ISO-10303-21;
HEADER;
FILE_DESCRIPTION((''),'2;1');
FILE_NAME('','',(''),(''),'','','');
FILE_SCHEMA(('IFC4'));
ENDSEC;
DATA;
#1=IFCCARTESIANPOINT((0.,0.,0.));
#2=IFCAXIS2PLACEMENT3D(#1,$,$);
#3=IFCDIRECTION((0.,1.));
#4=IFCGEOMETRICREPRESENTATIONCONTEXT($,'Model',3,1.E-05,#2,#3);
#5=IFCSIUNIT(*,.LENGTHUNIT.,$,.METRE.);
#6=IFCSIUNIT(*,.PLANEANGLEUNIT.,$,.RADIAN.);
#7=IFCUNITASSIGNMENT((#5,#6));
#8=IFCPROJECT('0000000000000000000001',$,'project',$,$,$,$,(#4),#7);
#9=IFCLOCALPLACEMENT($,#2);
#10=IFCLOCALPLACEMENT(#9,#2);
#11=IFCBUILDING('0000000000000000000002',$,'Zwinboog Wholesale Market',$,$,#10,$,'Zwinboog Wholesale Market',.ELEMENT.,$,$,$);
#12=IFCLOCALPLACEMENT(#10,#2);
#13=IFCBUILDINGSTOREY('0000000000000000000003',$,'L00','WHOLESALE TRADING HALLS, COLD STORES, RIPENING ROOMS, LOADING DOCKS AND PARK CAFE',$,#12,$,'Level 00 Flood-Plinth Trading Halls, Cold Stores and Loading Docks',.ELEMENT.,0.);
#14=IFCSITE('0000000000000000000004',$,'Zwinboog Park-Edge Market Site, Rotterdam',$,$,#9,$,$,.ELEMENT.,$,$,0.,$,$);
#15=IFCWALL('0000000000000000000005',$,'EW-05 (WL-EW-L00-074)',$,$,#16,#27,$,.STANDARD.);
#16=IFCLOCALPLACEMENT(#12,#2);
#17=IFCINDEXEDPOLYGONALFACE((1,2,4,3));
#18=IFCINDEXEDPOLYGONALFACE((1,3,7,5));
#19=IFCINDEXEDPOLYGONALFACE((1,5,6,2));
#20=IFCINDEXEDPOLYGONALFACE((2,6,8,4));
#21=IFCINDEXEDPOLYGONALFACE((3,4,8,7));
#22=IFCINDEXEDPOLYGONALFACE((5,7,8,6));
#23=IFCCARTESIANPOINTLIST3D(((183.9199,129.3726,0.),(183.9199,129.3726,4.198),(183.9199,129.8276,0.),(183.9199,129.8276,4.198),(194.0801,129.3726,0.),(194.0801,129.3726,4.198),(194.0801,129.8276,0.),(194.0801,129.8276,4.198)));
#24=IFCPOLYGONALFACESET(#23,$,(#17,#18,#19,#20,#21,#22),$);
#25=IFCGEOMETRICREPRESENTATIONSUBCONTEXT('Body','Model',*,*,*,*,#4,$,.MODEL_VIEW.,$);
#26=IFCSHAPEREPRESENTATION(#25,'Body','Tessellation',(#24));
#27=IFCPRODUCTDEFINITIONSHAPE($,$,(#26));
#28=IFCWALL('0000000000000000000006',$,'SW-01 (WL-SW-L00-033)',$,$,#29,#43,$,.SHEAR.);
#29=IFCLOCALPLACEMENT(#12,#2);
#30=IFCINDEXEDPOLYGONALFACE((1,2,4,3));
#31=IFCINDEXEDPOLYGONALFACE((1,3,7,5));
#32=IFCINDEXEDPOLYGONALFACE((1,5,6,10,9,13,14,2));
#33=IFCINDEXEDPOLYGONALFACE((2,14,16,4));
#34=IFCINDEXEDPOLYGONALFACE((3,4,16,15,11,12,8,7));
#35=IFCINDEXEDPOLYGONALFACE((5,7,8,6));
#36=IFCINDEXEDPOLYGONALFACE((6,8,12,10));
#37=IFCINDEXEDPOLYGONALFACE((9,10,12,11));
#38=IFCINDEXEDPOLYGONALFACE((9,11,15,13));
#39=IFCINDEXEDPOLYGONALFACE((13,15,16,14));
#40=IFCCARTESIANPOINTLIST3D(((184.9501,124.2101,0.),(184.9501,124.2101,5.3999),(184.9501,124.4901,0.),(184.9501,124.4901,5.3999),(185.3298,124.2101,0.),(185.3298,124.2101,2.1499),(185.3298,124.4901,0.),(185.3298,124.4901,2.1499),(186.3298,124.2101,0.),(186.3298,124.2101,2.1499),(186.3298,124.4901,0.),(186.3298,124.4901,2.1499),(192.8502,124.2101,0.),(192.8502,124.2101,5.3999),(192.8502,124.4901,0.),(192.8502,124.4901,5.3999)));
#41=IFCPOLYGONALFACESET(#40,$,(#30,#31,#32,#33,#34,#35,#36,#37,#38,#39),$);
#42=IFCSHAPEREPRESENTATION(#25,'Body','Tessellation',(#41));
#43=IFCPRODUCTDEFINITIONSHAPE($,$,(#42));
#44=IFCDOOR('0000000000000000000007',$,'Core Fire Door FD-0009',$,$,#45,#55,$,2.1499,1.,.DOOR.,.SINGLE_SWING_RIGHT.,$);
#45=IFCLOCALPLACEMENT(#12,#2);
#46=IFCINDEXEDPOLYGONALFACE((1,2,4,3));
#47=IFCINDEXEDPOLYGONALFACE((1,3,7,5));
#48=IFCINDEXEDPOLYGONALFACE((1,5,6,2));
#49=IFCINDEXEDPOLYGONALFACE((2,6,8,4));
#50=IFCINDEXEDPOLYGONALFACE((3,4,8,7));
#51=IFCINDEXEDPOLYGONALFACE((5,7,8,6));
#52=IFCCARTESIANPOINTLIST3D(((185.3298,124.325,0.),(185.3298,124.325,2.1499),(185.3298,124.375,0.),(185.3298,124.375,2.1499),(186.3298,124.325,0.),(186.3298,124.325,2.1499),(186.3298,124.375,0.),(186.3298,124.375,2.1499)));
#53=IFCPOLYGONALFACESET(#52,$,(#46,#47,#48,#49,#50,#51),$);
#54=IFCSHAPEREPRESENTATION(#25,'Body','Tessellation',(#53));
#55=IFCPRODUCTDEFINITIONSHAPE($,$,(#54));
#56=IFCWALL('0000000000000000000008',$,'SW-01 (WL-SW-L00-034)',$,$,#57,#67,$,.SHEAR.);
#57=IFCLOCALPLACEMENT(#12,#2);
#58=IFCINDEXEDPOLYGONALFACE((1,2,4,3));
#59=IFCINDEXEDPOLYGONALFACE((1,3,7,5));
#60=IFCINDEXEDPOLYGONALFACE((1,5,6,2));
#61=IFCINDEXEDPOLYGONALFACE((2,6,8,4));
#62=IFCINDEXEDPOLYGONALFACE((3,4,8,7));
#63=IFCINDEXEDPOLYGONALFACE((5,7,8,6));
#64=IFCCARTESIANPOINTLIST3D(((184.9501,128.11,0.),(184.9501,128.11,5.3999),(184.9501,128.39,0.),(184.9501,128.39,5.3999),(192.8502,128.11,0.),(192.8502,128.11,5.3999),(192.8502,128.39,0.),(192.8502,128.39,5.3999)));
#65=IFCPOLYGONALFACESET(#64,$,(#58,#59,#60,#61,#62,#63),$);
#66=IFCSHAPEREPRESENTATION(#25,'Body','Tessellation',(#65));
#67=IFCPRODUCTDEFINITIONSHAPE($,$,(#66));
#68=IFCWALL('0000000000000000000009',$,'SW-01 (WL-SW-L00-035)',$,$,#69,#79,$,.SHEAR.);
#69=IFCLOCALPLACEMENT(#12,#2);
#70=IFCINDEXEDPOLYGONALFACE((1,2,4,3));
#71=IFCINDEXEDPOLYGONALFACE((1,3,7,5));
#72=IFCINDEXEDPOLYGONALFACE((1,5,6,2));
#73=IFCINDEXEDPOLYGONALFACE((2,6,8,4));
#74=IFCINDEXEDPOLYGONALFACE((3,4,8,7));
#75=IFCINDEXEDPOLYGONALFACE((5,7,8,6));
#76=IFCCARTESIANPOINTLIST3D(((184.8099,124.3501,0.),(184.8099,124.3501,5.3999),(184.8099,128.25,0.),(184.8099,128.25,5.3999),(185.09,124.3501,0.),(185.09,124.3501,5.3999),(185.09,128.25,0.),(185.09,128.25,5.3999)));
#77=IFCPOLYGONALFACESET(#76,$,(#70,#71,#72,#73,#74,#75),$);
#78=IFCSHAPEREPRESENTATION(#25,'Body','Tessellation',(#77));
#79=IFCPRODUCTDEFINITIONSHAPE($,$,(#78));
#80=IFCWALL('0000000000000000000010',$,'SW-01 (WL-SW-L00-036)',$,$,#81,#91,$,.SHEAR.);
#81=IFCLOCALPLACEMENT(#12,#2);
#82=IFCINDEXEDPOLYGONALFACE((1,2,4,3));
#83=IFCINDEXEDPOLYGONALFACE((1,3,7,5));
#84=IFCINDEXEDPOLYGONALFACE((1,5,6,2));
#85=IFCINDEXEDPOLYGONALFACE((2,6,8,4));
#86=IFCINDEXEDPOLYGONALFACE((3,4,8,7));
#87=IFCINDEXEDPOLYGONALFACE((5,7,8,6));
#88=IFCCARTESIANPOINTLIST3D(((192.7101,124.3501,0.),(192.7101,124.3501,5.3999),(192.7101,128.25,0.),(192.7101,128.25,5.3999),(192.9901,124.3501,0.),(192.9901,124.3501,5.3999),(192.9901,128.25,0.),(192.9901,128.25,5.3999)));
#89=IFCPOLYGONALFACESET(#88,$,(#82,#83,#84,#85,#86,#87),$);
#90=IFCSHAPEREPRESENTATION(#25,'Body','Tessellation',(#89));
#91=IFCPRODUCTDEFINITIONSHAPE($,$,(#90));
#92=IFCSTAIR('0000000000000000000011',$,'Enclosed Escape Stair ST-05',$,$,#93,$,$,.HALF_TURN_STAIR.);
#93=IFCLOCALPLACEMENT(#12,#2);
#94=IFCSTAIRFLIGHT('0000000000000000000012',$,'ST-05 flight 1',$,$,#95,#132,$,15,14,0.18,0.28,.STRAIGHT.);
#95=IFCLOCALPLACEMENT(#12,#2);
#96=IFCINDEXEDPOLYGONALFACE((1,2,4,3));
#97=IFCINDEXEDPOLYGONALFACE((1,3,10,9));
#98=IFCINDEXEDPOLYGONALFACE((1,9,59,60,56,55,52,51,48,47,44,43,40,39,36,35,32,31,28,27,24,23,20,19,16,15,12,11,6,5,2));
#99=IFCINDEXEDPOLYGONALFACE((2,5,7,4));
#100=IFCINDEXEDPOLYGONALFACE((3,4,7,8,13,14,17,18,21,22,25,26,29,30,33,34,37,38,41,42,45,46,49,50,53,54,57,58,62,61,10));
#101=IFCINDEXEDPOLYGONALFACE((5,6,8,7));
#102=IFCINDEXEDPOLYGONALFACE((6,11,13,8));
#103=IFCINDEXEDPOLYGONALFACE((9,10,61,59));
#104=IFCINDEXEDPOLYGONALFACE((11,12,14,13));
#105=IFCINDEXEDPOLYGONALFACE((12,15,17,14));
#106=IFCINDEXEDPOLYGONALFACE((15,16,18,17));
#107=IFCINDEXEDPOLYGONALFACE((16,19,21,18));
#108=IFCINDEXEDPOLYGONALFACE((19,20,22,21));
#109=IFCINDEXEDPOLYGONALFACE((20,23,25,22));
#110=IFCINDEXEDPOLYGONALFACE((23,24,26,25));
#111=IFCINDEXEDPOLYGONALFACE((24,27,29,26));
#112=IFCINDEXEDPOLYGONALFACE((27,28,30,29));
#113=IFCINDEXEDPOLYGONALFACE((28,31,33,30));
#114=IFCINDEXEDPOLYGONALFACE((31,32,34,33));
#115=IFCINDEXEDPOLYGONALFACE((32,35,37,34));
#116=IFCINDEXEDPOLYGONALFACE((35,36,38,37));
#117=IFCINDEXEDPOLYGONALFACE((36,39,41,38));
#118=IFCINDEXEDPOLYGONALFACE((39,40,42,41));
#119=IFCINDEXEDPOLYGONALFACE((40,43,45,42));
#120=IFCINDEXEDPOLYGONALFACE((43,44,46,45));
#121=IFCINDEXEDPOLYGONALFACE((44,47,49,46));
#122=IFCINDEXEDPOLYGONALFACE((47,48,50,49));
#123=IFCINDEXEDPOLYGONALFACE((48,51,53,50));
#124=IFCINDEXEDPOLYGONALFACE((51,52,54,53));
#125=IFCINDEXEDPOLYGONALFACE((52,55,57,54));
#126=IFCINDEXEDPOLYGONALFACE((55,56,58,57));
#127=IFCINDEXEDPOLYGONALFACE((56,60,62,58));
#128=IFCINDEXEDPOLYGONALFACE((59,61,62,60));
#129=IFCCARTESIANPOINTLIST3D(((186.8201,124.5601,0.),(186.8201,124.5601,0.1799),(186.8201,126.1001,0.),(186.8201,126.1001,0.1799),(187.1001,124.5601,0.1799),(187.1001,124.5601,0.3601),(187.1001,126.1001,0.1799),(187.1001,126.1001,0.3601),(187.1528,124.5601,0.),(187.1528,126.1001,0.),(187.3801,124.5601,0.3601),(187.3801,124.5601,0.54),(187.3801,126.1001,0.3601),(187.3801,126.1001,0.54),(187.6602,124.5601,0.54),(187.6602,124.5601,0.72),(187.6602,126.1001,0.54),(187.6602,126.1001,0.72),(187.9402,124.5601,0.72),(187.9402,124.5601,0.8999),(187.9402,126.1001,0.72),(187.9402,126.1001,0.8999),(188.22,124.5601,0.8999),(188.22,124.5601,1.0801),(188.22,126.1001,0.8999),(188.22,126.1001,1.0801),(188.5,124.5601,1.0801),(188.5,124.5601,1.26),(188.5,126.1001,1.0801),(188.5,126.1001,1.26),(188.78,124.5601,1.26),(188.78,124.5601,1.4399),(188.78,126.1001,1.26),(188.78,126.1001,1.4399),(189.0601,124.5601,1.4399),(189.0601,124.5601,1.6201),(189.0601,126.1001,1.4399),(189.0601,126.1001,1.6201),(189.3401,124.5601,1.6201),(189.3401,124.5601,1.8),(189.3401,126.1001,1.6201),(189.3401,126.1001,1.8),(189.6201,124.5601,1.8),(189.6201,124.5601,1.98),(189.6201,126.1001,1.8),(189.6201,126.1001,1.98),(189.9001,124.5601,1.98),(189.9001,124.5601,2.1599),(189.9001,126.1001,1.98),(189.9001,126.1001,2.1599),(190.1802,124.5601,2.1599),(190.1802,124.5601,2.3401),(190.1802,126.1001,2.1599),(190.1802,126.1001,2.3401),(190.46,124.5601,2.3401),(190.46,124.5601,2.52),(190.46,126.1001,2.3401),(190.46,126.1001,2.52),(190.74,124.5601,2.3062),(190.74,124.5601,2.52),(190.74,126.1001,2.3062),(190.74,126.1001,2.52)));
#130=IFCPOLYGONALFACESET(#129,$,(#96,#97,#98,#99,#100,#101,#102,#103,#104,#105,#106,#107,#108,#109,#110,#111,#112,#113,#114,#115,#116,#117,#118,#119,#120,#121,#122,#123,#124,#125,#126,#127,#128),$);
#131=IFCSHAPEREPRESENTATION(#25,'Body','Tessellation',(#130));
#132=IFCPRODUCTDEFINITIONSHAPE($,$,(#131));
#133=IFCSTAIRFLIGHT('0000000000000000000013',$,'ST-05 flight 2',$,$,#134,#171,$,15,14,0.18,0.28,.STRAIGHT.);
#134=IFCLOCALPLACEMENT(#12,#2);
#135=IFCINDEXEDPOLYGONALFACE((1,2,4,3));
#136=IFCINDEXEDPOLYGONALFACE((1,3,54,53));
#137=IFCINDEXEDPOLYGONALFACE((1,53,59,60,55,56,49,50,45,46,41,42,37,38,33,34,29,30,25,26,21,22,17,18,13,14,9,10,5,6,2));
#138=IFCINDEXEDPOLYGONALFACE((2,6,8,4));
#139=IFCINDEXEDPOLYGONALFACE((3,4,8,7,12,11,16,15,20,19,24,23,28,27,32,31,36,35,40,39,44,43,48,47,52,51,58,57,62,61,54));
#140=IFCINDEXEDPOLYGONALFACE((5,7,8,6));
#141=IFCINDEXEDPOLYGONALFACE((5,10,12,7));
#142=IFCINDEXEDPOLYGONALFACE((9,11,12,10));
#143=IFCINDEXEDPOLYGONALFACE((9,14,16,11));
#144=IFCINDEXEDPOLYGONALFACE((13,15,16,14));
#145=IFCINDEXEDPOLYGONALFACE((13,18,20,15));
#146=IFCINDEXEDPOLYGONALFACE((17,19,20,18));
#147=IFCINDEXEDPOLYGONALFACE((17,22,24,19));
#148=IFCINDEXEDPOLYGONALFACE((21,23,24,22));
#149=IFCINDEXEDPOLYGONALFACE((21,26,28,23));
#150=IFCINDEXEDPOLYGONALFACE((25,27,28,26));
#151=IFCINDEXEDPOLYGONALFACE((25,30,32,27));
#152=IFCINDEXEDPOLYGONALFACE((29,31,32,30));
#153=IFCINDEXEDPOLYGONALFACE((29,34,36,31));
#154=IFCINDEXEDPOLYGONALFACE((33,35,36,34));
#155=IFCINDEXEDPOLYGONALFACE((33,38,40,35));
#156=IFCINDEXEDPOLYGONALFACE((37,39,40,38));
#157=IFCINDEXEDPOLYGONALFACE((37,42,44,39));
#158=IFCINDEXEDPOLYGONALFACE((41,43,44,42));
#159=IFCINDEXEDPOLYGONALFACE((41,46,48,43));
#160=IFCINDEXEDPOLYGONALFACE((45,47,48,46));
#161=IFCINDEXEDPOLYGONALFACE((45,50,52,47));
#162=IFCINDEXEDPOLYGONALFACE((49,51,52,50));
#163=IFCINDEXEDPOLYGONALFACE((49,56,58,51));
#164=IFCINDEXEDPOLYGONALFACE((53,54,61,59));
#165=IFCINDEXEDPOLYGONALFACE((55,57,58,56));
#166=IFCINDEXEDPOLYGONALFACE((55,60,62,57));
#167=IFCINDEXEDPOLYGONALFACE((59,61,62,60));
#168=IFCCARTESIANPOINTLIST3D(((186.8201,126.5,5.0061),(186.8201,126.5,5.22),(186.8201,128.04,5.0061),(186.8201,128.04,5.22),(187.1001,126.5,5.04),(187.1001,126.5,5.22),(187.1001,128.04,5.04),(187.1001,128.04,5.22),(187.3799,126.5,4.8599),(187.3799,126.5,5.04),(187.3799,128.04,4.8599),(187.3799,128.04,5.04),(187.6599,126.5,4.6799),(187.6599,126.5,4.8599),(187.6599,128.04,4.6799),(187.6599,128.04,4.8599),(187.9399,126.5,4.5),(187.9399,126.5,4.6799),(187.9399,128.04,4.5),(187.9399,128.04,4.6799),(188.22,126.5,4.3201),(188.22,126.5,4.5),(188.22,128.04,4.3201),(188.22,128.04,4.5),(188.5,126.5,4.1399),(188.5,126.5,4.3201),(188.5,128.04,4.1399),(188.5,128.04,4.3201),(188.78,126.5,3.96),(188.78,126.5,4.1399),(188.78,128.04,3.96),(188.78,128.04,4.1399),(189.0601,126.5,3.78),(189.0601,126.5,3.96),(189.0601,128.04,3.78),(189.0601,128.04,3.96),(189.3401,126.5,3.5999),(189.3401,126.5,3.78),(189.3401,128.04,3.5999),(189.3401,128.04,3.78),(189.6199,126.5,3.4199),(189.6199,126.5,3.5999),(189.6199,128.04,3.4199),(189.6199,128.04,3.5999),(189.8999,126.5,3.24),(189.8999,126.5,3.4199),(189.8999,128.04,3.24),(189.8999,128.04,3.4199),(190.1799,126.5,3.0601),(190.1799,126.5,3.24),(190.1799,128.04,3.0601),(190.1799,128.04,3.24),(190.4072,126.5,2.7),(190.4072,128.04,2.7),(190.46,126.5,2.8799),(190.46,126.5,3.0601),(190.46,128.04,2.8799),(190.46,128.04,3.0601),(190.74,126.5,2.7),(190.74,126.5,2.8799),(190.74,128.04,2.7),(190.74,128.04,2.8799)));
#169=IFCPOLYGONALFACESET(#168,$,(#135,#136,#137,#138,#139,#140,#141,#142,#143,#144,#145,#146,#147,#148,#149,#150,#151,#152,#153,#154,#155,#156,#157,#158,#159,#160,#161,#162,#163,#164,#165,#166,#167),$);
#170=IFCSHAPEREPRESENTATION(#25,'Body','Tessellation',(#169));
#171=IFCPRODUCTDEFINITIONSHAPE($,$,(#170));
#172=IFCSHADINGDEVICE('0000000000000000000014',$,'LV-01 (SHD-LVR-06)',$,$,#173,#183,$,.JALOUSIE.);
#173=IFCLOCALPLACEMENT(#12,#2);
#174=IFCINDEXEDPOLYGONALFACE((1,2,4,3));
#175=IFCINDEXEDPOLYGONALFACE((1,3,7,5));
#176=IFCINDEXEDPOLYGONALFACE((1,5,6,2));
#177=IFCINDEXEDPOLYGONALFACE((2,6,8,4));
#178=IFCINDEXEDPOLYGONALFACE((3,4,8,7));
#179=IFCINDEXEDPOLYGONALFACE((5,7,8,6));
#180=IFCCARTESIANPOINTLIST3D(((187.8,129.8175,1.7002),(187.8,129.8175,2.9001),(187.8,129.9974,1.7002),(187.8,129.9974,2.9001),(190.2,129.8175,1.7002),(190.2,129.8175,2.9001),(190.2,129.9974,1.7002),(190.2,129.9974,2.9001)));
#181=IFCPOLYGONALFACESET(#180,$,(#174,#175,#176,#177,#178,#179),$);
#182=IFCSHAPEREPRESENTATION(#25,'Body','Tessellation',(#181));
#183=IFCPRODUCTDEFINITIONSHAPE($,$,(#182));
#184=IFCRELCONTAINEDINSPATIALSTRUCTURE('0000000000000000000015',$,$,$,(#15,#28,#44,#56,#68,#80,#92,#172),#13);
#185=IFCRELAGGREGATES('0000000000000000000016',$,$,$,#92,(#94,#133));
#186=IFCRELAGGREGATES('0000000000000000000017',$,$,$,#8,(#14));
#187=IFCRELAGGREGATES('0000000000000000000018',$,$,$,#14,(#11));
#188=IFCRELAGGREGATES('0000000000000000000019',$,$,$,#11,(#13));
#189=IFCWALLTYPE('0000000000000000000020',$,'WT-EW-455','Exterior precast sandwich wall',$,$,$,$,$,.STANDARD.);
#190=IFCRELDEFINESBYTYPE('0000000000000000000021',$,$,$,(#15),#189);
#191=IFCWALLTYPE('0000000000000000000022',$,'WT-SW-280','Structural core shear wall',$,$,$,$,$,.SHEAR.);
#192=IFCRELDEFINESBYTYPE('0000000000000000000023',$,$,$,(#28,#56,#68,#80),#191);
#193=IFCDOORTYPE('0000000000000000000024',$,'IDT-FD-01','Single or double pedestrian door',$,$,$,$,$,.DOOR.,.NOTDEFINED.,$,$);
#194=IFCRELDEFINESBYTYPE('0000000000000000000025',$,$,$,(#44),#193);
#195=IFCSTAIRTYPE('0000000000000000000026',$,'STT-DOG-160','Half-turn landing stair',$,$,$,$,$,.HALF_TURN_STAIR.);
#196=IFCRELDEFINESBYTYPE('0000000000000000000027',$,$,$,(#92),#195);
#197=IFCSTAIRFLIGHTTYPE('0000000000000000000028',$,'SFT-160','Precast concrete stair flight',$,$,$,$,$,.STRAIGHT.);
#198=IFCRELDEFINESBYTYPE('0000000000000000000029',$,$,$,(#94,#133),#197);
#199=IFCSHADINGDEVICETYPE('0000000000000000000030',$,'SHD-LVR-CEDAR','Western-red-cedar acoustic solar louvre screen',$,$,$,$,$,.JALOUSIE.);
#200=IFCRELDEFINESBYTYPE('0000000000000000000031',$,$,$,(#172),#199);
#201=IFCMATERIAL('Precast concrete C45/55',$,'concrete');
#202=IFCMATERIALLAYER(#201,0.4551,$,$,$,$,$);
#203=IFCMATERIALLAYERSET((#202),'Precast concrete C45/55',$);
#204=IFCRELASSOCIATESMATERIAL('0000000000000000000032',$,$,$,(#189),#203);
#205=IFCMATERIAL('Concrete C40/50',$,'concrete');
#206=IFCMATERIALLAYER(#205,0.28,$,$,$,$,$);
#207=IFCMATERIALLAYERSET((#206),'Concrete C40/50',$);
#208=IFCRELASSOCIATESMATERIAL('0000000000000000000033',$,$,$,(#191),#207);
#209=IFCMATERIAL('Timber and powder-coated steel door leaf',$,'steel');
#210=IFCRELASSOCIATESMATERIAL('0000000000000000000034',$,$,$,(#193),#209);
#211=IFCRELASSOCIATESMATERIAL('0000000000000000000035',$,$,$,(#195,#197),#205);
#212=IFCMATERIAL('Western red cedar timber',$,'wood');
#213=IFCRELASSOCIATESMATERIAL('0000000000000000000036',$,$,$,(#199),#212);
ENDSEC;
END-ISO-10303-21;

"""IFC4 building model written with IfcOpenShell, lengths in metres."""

from ifc_helpers import new_model, si_unit, direction, frame, frame_2d, origin, origin_2d, place, context, subcontext, project, spatial, polyline, rectangle, outline, extrude, material, layer, layer_set, type_object, element, fill, aggregate, save


model = new_model("IFC4")

# Units and contexts
model_context = context("Model", 3, precision=1e-05, world=origin(), true_north=direction((0.0, 1.0)))
body_context = subcontext(model_context, "Body", "Model", "MODEL_VIEW")
ifc_project = project(units=[si_unit("LENGTHUNIT", "METRE"), si_unit("PLANEANGLEUNIT", "RADIAN")], contexts=[model_context])

# Site, building, storey
site_placement = place(None, origin())
site = spatial("IfcSite", under=ifc_project, at=site_placement, Name="Zwinboog Park-Edge Market Site, Rotterdam", CompositionType="ELEMENT", RefElevation=0.0)
building_placement = place(site_placement, origin())
building = spatial("IfcBuilding", under=site, at=building_placement, Name="Zwinboog Wholesale Market", LongName="Zwinboog Wholesale Market", CompositionType="ELEMENT")
storey_placement = place(building_placement, origin())
storey = spatial("IfcBuildingStorey", under=building, at=storey_placement, Name="L00", Description="WHOLESALE TRADING HALLS, COLD STORES, RIPENING ROOMS, LOADING DOCKS AND PARK CAFE", LongName="Level 00 Flood-Plinth Trading Halls, Cold Stores and Loading Docks", CompositionType="ELEMENT", Elevation=0.0)

# Shared definitions
ifc_material_1 = material(Name="Concrete C40/50", Category="concrete")

# Shared definitions
ifc_material_2 = material(Name="Precast concrete C45/55", Category="concrete")

# Wall
ifc_layer_1 = layer(ifc_material_2, 0.4551)
ifc_layer_set_1 = layer_set([ifc_layer_1], Name="Precast concrete C45/55")
wall_type_1 = type_object("IfcWallType", Name="WT-EW-455", Description="Exterior precast sandwich wall", PredefinedType="STANDARD", material=ifc_layer_set_1)
wall_1_placement = place(storey_placement, frame((183.9199, 129.6001, 0.0), z_axis=(0.0, 0.0, 1.0), x_axis=(1.0, 0.0, 0.0)))
element("IfcWall", 1, at=wall_1_placement, inside=storey, type_object=wall_type_1, Name="EW-05 (WL-EW-L00-074)", PredefinedType="STANDARD", context=body_context, shape_type="SweptSolid", body=[
    extrude(rectangle(XDim=10.1602, YDim=0.4551, at=frame_2d((5.0801, 0.0))), origin(), (0.0, 0.0, 1.0), 4.198),
])

# Wall, opening, door
ifc_layer_2 = layer(ifc_material_1, 0.28)
ifc_layer_set_2 = layer_set([ifc_layer_2], Name="Concrete C40/50")
wall_type_2 = type_object("IfcWallType", Name="WT-SW-280", Description="Structural core shear wall", PredefinedType="SHEAR", material=ifc_layer_set_2)
wall_2_placement = place(storey_placement, frame((184.95, 124.3501, 0.0), z_axis=(0.0, 0.0, 1.0), x_axis=(1.0, 0.0, 0.0)))
wall_2 = element("IfcWall", 2, at=wall_2_placement, inside=storey, type_object=wall_type_2, Name="SW-01 (WL-SW-L00-033)", PredefinedType="SHEAR", context=body_context, shape_type="SweptSolid", body=[
    extrude(rectangle(XDim=7.9001, YDim=0.28, at=frame_2d((3.9502, 0.0))), origin(), (0.0, 0.0, 1.0), 5.3999),
])
opening_placement = place(wall_2_placement, frame((0.3799, 0.0, 0.0)))
opening = element("IfcOpeningElement", 3, at=opening_placement, cuts=wall_2, PredefinedType="OPENING", context=body_context, shape_type="SweptSolid", body=[
    extrude(rectangle(XDim=1.0, YDim=2.1499, at=frame_2d((0.5, 1.075))), frame((0.0, 0.1499, 0.0), z_axis=(0.0, -1.0, 0.0), x_axis=(1.0, 0.0, 0.0)), (0.0, 0.0, 1.0), 0.3),
])
ifc_material_3 = material(Name="Timber and powder-coated steel door leaf", Category="steel")
door_type = type_object("IfcDoorType", Name="IDT-FD-01", Description="Single or double pedestrian door", OperationType="NOTDEFINED", PredefinedType="DOOR", material=ifc_material_3)
door_placement = place(opening_placement, origin())
door = element("IfcDoor", 4, at=door_placement, inside=storey, type_object=door_type, Name="Core Fire Door FD-0009", OperationType="SINGLE_SWING_RIGHT", OverallHeight=2.1499, OverallWidth=1.0, PredefinedType="DOOR", context=body_context, shape_type="SweptSolid", body=[
    extrude(rectangle(XDim=1.0, YDim=2.1499, at=frame_2d((0.5, 1.075))), frame((0.0, 0.0249, 0.0), z_axis=(0.0, -1.0, 0.0), x_axis=(1.0, 0.0, 0.0)), (0.0, 0.0, 1.0), 0.05),
])
fill(opening, door)

# Walls
wall_3_placement = place(storey_placement, frame((184.95, 128.25, 0.0), z_axis=(0.0, 0.0, 1.0), x_axis=(1.0, 0.0, 0.0)))
element("IfcWall", 5, at=wall_3_placement, inside=storey, type_object=wall_type_2, Name="SW-01 (WL-SW-L00-034)", PredefinedType="SHEAR", context=body_context, shape_type="SweptSolid", body=[
    extrude(rectangle(XDim=7.9001, YDim=0.28, at=frame_2d((3.9502, 0.0))), origin(), (0.0, 0.0, 1.0), 5.3999),
])
for number, where, z_axis, x_axis, name in (
    (6, (184.95, 124.3501, 0.0), (0.0, 0.0, 1.0), (0.0, 1.0, 0.0), "SW-01 (WL-SW-L00-035)"),
    (7, (192.8501, 124.3501, 0.0), (0.0, 0.0, 1.0), (0.0, 1.0, 0.0), "SW-01 (WL-SW-L00-036)"),
):
    element("IfcWall", number, at=place(storey_placement, frame(where, z_axis=z_axis, x_axis=x_axis)), inside=storey, type_object=wall_type_2, Name=name, PredefinedType="SHEAR", context=body_context, shape_type="SweptSolid", body=[
        extrude(rectangle(XDim=3.8999, YDim=0.28, at=frame_2d((1.95, 0.0))), origin(), (0.0, 0.0, 1.0), 5.3999),
    ])

# Stair, stair flights
stair_type = type_object("IfcStairType", Name="STT-DOG-160", Description="Half-turn landing stair", PredefinedType="HALF_TURN_STAIR", material=ifc_material_1)
stair_placement = place(storey_placement, origin())
stair = element("IfcStair", 8, at=stair_placement, inside=storey, type_object=stair_type, Name="Enclosed Escape Stair ST-05", PredefinedType="HALF_TURN_STAIR")
stair_flight_type = type_object("IfcStairFlightType", Name="SFT-160", Description="Precast concrete stair flight", PredefinedType="STRAIGHT", material=ifc_material_1)
stair_flight_1_placement = place(storey_placement, frame((186.8201, 125.3301, 0.0), z_axis=(0.0, 0.0, 1.0), x_axis=(1.0, 0.0, 0.0)))
stair_flight_1 = element("IfcStairFlight", 9, at=stair_flight_1_placement, type_object=stair_flight_type, Name="ST-05 flight 1", NumberOfRisers=15, NumberOfTreads=14, PredefinedType="STRAIGHT", RiserHeight=0.18, TreadLength=0.28, context=body_context, shape_type="SweptSolid", body=[
    extrude(outline(polyline([(0.0, 0.0), (0.0, 0.1799), (0.28, 0.1799), (0.28, 0.3601), (0.5601, 0.3601), (0.5601, 0.54), (0.8401, 0.54), (0.8401, 0.72), (1.1201, 0.72), (1.1201, 0.8999), (1.3999, 0.8999), (1.3999, 1.0801), (1.6799, 1.0801), (1.6799, 1.26), (1.96, 1.26), (1.96, 1.4399), (2.24, 1.4399), (2.24, 1.6201), (2.52, 1.6201), (2.52, 1.8), (2.8, 1.8), (2.8, 1.98), (3.0801, 1.98), (3.0801, 2.1599), (3.3601, 2.1599), (3.3601, 2.3401), (3.6399, 2.3401), (3.6399, 2.52), (3.9199, 2.52), (3.9199, 2.7), (3.9199, 2.3062), (0.3328, 0.0), (0.0, 0.0)])), frame((0.0, 0.77, 0.0), z_axis=(0.0, -1.0, 0.0), x_axis=(1.0, 0.0, 0.0)), (0.0, 0.0, 1.0), 1.54),
])
stair_flight_2_placement = place(storey_placement, frame((190.74, 127.27, 2.7), z_axis=(0.0, 0.0, 1.0), x_axis=(-1.0, 0.0, 0.0)))
stair_flight_2 = element("IfcStairFlight", 10, at=stair_flight_2_placement, type_object=stair_flight_type, Name="ST-05 flight 2", NumberOfRisers=15, NumberOfTreads=14, PredefinedType="STRAIGHT", RiserHeight=0.18, TreadLength=0.28, context=body_context, shape_type="SweptSolid", body=[
    extrude(outline(polyline([(0.0, 0.0), (0.0, 0.1799), (0.28, 0.1799), (0.28, 0.3601), (0.5601, 0.3601), (0.5601, 0.54), (0.8401, 0.54), (0.8401, 0.72), (1.1201, 0.72), (1.1201, 0.8999), (1.3999, 0.8999), (1.3999, 1.0801), (1.6799, 1.0801), (1.6799, 1.26), (1.96, 1.26), (1.96, 1.4399), (2.24, 1.4399), (2.24, 1.6201), (2.52, 1.6201), (2.52, 1.8), (2.8, 1.8), (2.8, 1.98), (3.0801, 1.98), (3.0801, 2.1599), (3.3601, 2.1599), (3.3601, 2.3401), (3.6399, 2.3401), (3.6399, 2.52), (3.9199, 2.52), (3.9199, 2.7), (3.9199, 2.3062), (0.3328, 0.0), (0.0, 0.0)])), frame((0.0, 0.77, 0.0), z_axis=(0.0, -1.0, 0.0), x_axis=(1.0, 0.0, 0.0)), (0.0, 0.0, 1.0), 1.54),
])
aggregate(stair, [stair_flight_1, stair_flight_2])

# Shading device
ifc_material_4 = material(Name="Western red cedar timber", Category="wood")
shading_device_type = type_object("IfcShadingDeviceType", Name="SHD-LVR-CEDAR", Description="Western-red-cedar acoustic solar louvre screen", PredefinedType="JALOUSIE", material=ifc_material_4)
shading_device_placement = place(storey_placement, frame((189.0, 129.9075, 1.7002), z_axis=(0.0, 0.0, 1.0), x_axis=(1.0, 0.0, 0.0)))
element("IfcShadingDevice", 11, at=shading_device_placement, inside=storey, type_object=shading_device_type, Name="LV-01 (SHD-LVR-06)", PredefinedType="JALOUSIE", context=body_context, shape_type="SweptSolid", body=[
    extrude(rectangle(XDim=2.3999, YDim=0.1799, at=origin_2d()), origin(), (0.0, 0.0, 1.0), 1.2),
])

save(model, "model.ifc")
